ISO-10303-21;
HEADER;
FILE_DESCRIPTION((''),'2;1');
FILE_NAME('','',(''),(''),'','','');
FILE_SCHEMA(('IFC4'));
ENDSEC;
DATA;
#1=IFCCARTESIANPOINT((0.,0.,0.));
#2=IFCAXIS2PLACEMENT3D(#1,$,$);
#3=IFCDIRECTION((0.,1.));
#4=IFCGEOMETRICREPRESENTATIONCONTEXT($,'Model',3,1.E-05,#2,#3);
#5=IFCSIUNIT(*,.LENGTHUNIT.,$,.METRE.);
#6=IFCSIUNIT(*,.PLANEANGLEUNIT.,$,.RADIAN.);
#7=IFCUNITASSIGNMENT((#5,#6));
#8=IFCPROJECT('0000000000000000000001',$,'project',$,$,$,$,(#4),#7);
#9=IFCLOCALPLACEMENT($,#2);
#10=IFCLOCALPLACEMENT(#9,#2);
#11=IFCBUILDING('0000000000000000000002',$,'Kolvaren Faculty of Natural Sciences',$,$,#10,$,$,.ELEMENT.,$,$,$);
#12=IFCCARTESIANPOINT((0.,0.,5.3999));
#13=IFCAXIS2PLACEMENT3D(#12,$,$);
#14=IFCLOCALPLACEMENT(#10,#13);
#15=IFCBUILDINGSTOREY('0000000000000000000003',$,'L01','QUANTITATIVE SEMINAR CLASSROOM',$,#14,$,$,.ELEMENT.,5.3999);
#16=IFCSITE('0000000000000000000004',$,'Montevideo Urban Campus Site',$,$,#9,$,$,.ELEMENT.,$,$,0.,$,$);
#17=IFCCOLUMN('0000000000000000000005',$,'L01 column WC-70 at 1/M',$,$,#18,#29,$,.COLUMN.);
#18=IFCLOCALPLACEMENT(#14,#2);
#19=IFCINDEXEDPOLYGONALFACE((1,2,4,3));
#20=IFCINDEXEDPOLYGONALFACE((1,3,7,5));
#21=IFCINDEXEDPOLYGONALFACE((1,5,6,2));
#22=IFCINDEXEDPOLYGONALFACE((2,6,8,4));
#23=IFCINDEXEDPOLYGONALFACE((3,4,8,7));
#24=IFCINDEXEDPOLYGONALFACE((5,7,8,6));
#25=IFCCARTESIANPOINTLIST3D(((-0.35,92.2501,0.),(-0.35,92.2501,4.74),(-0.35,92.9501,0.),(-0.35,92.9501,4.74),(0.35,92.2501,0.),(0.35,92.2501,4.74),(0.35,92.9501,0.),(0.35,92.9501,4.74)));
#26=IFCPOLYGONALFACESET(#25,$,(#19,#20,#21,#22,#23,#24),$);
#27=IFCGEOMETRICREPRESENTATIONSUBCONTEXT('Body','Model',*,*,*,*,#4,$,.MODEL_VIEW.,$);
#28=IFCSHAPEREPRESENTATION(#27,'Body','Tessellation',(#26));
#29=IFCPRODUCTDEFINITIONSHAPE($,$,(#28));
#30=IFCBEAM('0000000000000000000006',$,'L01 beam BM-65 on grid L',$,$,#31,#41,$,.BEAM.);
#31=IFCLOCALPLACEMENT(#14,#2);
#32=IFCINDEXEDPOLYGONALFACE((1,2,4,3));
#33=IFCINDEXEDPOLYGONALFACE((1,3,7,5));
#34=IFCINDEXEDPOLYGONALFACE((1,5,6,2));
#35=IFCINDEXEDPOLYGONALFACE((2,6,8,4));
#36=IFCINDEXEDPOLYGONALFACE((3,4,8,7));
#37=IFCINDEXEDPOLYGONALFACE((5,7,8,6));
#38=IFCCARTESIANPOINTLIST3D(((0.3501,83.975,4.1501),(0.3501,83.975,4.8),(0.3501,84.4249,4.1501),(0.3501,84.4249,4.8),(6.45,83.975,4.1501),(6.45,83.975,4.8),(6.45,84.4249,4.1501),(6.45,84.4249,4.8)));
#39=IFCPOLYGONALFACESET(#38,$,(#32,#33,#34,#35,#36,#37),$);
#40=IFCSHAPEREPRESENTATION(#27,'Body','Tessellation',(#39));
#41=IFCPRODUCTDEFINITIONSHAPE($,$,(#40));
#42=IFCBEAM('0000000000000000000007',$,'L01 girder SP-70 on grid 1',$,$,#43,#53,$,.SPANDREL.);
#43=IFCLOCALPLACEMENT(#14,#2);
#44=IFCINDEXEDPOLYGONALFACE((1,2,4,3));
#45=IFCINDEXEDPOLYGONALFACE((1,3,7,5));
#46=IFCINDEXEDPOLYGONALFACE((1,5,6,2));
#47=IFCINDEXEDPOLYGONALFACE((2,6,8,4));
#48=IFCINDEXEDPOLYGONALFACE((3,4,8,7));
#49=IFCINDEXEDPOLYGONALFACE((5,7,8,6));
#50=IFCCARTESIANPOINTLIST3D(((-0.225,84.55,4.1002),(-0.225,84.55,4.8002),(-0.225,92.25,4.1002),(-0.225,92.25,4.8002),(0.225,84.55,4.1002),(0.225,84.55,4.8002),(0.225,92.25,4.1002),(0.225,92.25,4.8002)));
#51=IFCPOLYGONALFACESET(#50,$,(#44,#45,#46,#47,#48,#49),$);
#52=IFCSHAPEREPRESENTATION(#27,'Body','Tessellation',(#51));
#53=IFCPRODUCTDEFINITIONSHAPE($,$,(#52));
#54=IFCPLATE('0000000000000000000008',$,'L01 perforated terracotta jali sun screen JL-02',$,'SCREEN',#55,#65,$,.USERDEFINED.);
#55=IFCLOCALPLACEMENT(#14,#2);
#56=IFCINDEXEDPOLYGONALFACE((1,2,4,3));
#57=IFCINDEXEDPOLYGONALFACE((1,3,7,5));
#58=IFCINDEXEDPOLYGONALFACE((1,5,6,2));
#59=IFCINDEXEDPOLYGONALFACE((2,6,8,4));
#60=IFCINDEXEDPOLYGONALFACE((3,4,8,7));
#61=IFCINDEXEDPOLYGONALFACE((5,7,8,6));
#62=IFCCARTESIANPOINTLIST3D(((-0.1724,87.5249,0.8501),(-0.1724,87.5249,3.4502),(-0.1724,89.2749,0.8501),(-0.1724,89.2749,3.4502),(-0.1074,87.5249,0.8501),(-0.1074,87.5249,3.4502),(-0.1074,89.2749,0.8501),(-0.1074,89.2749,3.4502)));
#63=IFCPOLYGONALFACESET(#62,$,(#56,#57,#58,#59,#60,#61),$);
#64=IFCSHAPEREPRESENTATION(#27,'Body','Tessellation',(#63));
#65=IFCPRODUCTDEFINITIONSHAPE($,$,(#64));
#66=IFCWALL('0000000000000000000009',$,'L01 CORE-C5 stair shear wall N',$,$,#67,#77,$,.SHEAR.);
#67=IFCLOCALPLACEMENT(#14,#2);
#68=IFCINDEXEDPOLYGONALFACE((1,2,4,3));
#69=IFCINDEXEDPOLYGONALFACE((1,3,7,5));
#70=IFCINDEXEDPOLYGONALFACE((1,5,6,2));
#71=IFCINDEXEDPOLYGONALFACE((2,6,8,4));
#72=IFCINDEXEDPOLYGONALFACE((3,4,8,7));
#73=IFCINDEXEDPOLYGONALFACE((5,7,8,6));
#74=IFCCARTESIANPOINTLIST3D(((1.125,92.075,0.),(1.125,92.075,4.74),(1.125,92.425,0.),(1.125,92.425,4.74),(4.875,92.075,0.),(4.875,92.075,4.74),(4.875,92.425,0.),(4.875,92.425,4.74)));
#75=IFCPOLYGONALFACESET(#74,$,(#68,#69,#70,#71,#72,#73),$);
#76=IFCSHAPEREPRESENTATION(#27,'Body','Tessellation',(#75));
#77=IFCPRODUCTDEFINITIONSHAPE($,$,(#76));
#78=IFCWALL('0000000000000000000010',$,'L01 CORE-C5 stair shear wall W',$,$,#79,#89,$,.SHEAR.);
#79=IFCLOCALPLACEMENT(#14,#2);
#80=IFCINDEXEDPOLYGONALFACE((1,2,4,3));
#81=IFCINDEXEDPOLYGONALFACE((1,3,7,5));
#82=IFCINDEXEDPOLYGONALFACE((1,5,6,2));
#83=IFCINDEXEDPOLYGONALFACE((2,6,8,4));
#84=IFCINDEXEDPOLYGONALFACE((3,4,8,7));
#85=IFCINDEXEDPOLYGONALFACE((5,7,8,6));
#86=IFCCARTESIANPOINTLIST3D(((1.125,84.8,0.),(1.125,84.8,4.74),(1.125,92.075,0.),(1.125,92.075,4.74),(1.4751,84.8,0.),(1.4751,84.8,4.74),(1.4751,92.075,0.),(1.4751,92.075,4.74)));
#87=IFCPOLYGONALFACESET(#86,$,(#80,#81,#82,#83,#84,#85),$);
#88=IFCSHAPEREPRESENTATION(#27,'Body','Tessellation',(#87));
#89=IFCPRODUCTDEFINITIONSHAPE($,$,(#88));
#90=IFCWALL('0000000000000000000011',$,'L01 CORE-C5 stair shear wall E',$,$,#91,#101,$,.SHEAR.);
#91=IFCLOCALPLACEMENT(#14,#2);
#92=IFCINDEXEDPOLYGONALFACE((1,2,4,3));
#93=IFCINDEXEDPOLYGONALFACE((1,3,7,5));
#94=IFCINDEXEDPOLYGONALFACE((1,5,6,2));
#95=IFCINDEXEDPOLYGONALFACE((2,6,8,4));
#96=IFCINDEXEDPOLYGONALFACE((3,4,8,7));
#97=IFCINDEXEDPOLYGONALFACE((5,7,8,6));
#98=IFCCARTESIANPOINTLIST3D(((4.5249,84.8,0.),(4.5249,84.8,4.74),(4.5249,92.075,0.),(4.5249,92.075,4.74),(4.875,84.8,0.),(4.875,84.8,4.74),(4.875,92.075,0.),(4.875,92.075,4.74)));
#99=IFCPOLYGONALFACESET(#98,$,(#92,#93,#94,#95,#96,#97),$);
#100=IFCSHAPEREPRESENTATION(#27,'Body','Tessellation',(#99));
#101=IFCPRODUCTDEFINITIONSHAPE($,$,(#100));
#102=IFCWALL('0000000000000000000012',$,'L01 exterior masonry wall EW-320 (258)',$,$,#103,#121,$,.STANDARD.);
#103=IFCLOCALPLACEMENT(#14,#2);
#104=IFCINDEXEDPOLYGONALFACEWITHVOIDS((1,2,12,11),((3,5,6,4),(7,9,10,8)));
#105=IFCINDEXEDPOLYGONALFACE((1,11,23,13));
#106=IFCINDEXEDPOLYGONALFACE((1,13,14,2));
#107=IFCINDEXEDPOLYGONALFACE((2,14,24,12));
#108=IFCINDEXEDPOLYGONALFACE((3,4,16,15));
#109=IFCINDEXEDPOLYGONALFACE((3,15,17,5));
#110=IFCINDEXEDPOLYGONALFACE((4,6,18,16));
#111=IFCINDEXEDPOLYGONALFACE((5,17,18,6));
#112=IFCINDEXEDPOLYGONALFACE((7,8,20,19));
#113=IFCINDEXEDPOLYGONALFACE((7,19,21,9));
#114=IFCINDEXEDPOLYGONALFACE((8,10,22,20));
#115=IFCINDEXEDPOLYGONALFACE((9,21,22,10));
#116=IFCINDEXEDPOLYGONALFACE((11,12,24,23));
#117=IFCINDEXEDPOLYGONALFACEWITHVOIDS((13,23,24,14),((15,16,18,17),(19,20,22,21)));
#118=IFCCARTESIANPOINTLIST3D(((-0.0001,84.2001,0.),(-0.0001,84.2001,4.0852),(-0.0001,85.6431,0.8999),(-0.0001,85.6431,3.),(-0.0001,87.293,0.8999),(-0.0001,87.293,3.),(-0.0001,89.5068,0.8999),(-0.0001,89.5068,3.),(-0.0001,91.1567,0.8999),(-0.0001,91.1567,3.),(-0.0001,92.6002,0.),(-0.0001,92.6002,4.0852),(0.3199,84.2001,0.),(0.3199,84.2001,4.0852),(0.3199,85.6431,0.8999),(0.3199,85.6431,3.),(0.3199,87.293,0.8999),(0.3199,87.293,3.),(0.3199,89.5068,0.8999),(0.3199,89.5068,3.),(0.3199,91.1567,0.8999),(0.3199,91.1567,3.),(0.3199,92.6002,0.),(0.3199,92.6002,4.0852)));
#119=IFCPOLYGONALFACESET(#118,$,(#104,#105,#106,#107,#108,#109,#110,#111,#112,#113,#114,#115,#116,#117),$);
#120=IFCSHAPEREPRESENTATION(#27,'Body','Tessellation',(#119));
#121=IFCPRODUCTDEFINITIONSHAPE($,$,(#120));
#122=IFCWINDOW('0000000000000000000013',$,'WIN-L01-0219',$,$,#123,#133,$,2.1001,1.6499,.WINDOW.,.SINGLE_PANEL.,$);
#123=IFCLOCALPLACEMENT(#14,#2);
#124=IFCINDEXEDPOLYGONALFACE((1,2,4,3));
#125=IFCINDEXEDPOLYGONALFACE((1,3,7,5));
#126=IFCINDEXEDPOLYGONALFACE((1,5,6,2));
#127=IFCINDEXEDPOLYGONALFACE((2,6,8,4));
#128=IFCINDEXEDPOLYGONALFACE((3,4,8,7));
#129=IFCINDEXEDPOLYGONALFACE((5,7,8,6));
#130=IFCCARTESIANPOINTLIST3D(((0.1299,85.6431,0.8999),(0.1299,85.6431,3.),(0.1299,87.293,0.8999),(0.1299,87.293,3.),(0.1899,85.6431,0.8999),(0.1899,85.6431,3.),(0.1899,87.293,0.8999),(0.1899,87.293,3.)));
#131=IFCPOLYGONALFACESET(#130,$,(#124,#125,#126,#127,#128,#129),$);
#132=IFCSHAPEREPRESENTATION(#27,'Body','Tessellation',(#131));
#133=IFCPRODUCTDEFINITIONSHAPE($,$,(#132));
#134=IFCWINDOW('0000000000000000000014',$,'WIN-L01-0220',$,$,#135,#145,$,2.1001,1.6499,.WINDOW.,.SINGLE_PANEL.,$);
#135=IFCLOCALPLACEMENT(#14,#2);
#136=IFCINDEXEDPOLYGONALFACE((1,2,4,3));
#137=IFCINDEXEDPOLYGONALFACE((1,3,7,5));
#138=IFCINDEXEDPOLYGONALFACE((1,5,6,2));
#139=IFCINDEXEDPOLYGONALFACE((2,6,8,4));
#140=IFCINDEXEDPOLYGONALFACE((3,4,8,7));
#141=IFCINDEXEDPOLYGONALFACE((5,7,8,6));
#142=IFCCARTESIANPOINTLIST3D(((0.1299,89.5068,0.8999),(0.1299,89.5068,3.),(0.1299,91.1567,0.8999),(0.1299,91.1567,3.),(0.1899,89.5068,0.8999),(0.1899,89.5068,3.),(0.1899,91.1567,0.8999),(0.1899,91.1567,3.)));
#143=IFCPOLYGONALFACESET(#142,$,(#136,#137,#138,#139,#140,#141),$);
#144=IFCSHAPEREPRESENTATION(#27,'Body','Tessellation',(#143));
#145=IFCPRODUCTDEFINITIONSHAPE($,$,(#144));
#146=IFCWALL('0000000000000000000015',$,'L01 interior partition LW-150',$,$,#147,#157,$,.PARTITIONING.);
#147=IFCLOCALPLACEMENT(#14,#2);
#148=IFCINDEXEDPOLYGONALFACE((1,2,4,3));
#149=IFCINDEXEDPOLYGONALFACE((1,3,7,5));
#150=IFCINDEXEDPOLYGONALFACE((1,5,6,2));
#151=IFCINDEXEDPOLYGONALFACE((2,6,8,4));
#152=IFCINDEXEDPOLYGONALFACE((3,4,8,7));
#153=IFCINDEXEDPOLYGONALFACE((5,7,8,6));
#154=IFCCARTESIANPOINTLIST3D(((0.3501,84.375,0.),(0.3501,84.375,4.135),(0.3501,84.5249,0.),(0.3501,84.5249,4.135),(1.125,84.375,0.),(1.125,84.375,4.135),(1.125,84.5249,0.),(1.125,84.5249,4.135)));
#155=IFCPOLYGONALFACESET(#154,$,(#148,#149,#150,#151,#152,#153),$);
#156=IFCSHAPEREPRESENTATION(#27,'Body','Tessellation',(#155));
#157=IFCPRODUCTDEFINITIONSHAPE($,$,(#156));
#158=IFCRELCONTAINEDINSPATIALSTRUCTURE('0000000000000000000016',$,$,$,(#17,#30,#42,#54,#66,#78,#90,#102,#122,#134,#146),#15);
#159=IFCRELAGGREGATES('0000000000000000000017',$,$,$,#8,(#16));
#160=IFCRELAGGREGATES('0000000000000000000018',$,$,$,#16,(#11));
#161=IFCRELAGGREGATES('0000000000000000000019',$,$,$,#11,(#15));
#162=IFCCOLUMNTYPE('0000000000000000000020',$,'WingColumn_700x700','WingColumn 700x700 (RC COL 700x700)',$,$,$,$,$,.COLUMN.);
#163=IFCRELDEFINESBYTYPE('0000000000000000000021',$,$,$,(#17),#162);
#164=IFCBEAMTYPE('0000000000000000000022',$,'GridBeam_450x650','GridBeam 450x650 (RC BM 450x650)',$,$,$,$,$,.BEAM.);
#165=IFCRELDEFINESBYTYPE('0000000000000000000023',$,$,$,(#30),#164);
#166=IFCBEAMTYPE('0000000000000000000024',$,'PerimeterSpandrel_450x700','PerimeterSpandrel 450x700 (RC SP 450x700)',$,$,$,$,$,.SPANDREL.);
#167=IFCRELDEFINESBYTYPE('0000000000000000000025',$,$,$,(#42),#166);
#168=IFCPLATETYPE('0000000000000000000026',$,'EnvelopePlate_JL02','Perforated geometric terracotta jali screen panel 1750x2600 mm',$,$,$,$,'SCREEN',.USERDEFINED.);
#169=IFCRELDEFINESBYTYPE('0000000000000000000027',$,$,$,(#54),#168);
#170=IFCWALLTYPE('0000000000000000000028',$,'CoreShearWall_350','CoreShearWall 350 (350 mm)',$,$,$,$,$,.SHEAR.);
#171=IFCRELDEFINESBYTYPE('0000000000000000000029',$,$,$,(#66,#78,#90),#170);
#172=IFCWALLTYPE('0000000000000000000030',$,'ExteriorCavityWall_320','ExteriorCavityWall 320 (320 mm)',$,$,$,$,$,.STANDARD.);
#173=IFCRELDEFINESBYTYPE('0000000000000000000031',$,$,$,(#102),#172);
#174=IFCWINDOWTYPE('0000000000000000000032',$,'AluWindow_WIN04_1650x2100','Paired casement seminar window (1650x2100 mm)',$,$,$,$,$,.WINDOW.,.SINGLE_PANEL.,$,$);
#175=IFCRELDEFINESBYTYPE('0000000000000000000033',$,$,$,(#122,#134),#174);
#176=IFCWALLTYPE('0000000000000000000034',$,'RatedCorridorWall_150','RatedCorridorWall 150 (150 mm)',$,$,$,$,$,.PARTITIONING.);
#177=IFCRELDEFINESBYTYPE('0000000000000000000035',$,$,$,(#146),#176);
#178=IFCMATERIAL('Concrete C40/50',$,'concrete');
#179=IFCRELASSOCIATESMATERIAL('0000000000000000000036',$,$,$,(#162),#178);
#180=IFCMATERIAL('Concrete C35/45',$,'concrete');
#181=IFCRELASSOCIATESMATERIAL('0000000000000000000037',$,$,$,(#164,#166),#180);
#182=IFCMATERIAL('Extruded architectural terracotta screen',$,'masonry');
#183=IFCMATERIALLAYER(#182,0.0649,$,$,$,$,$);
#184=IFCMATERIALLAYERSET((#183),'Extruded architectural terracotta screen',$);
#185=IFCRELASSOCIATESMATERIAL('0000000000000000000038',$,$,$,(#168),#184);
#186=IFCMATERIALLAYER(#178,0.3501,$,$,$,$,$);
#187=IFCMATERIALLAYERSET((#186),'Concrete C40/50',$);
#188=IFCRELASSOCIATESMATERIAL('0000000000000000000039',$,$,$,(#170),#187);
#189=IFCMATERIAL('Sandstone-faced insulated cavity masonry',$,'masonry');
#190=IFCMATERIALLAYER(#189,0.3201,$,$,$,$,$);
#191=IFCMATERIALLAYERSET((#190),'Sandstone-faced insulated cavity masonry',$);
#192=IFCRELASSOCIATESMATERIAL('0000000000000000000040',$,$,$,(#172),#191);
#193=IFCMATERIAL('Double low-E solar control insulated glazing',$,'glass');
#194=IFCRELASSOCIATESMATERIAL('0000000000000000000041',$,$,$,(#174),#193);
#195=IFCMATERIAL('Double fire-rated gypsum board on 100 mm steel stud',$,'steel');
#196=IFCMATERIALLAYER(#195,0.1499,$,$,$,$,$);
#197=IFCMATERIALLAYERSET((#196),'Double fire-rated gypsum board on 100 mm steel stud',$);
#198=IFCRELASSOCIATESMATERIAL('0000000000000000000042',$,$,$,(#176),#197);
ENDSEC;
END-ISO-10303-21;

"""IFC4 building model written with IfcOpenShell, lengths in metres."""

from ifc_helpers import new_model, si_unit, direction, frame, frame_2d, origin, origin_2d, place, context, subcontext, project, spatial, rectangle, extrude, material, layer, layer_set, material_profile, profile_set, type_object, element, fill, save


model = new_model("IFC4")

# Units and contexts
model_context = context("Model", 3, precision=1e-05, world=origin(), true_north=direction((0.0, 1.0)))
body_context = subcontext(model_context, "Body", "Model", "MODEL_VIEW")
ifc_project = project(units=[si_unit("LENGTHUNIT", "METRE"), si_unit("PLANEANGLEUNIT", "RADIAN")], contexts=[model_context])

# Site, building, storey
site_placement = place(None, origin())
site = spatial("IfcSite", under=ifc_project, at=site_placement, Name="Montevideo Urban Campus Site", CompositionType="ELEMENT", RefElevation=0.0)
building_placement = place(site_placement, origin())
building = spatial("IfcBuilding", under=site, at=building_placement, Name="Kolvaren Faculty of Natural Sciences", CompositionType="ELEMENT")
storey_placement = place(building_placement, frame((0.0, 0.0, 5.3999)))
storey = spatial("IfcBuildingStorey", under=building, at=storey_placement, Name="L01", Description="QUANTITATIVE SEMINAR CLASSROOM", CompositionType="ELEMENT", Elevation=5.3999)

# Column
ifc_material_1 = material(Name="Concrete C40/50", Category="concrete")
ifc_material_profile_1 = material_profile(ifc_material_1, rectangle(XDim=0.7, YDim=0.7, at=origin_2d()), Name="RC COL 700x700")
ifc_profile_set_1 = profile_set([ifc_material_profile_1], Name="Concrete C40/50")
column_type = type_object("IfcColumnType", Name="WingColumn_700x700", Description="WingColumn 700x700 (RC COL 700x700)", PredefinedType="COLUMN", material=ifc_profile_set_1)
column_placement = place(storey_placement, frame((0.0, 92.6001, 0.0), z_axis=(0.0, 0.0, 1.0), x_axis=(1.0, 0.0, 0.0)))
element("IfcColumn", 1, at=column_placement, inside=storey, type_object=column_type, Name="L01 column WC-70 at 1/M", PredefinedType="COLUMN", context=body_context, shape_type="SweptSolid", body=[
    extrude(rectangle(XDim=0.7, YDim=0.7, at=origin_2d()), origin(), (0.0, 0.0, 1.0), 4.74),
])

# Beams
ifc_material_2 = material(Name="Concrete C35/45", Category="concrete")
ifc_material_profile_2 = material_profile(ifc_material_2, rectangle(XDim=0.45, YDim=0.6499, at=origin_2d()), Name="RC BM 450x650")
ifc_profile_set_2 = profile_set([ifc_material_profile_2], Name="Concrete C35/45")
beam_type_1 = type_object("IfcBeamType", Name="GridBeam_450x650", Description="GridBeam 450x650 (RC BM 450x650)", PredefinedType="BEAM", material=ifc_profile_set_2)
beam_1_placement = place(storey_placement, frame((0.3501, 84.2, 4.4751), z_axis=(1.0, 0.0, 0.0), x_axis=(0.0, 1.0, 0.0)))
element("IfcBeam", 2, at=beam_1_placement, inside=storey, type_object=beam_type_1, Name="L01 beam BM-65 on grid L", PredefinedType="BEAM", context=body_context, shape_type="SweptSolid", body=[
    extrude(rectangle(XDim=0.45, YDim=0.6499, at=origin_2d()), origin(), (0.0, 0.0, 1.0), 6.0999),
])
ifc_material_profile_3 = material_profile(ifc_material_2, rectangle(XDim=0.45, YDim=0.7, at=origin_2d()), Name="RC SP 450x700")
ifc_profile_set_3 = profile_set([ifc_material_profile_3], Name="Concrete C35/45")
beam_type_2 = type_object("IfcBeamType", Name="PerimeterSpandrel_450x700", Description="PerimeterSpandrel 450x700 (RC SP 450x700)", PredefinedType="SPANDREL", material=ifc_profile_set_3)
beam_2_placement = place(storey_placement, frame((0.0, 84.55, 4.4502), z_axis=(0.0, 1.0, 0.0), x_axis=(-1.0, 0.0, 0.0)))
element("IfcBeam", 3, at=beam_2_placement, inside=storey, type_object=beam_type_2, Name="L01 girder SP-70 on grid 1", PredefinedType="SPANDREL", context=body_context, shape_type="SweptSolid", body=[
    extrude(rectangle(XDim=0.45, YDim=0.7, at=origin_2d()), origin(), (0.0, 0.0, 1.0), 7.7),
])

# Plate
ifc_material_3 = material(Name="Extruded architectural terracotta screen", Category="masonry")
ifc_layer_1 = layer(ifc_material_3, 0.0649)
ifc_layer_set_1 = layer_set([ifc_layer_1], Name="Extruded architectural terracotta screen")
plate_type = type_object("IfcPlateType", Name="EnvelopePlate_JL02", Description="Perforated geometric terracotta jali screen panel 1750x2600 mm", ElementType="SCREEN", PredefinedType="USERDEFINED", material=ifc_layer_set_1)
plate_placement = place(storey_placement, frame((-0.1399, 88.3999, 0.8501), z_axis=(0.0, 0.0, 1.0), x_axis=(0.0, 1.0, 0.0)))
element("IfcPlate", 4, at=plate_placement, inside=storey, type_object=plate_type, Name="L01 perforated terracotta jali sun screen JL-02", ObjectType="SCREEN", PredefinedType="USERDEFINED", context=body_context, shape_type="SweptSolid", body=[
    extrude(rectangle(XDim=1.75, YDim=0.0649, at=origin_2d()), origin(), (0.0, 0.0, 1.0), 2.6001),
])

# Shared definitions
ifc_layer_2 = layer(ifc_material_1, 0.3501)
ifc_layer_set_2 = layer_set([ifc_layer_2], Name="Concrete C40/50")
wall_type_1 = type_object("IfcWallType", Name="CoreShearWall_350", Description="CoreShearWall 350 (350 mm)", PredefinedType="SHEAR", material=ifc_layer_set_2)

# Walls
wall_1_placement = place(storey_placement, frame((1.125, 92.25, 0.0), z_axis=(0.0, 0.0, 1.0), x_axis=(1.0, 0.0, 0.0)))
element("IfcWall", 5, at=wall_1_placement, inside=storey, type_object=wall_type_1, Name="L01 CORE-C5 stair shear wall N", PredefinedType="SHEAR", context=body_context, shape_type="SweptSolid", body=[
    extrude(rectangle(XDim=3.75, YDim=0.3501, at=frame_2d((1.875, 0.0))), origin(), (0.0, 0.0, 1.0), 4.74),
])
for number, where, z_axis, x_axis, name in (
    (6, (1.3, 84.8, 0.0), (0.0, 0.0, 1.0), (0.0, 1.0, 0.0), "L01 CORE-C5 stair shear wall W"),
    (7, (4.7, 84.8, 0.0), (0.0, 0.0, 1.0), (0.0, 1.0, 0.0), "L01 CORE-C5 stair shear wall E"),
):
    element("IfcWall", number, at=place(storey_placement, frame(where, z_axis=z_axis, x_axis=x_axis)), inside=storey, type_object=wall_type_1, Name=name, PredefinedType="SHEAR", context=body_context, shape_type="SweptSolid", body=[
        extrude(rectangle(XDim=7.2749, YDim=0.3501, at=frame_2d((3.6375, 0.0))), origin(), (0.0, 0.0, 1.0), 4.74),
    ])

# Wall, openings, windows
ifc_material_4 = material(Name="Sandstone-faced insulated cavity masonry", Category="masonry")
ifc_layer_3 = layer(ifc_material_4, 0.3201)
ifc_layer_set_3 = layer_set([ifc_layer_3], Name="Sandstone-faced insulated cavity masonry")
wall_type_2 = type_object("IfcWallType", Name="ExteriorCavityWall_320", Description="ExteriorCavityWall 320 (320 mm)", PredefinedType="STANDARD", material=ifc_layer_set_3)
wall_2_placement = place(storey_placement, frame((0.1599, 84.2, 0.0), z_axis=(0.0, 0.0, 1.0), x_axis=(0.0, 1.0, 0.0)))
wall_2 = element("IfcWall", 8, at=wall_2_placement, inside=storey, type_object=wall_type_2, Name="L01 exterior masonry wall EW-320 (258)", PredefinedType="STANDARD", context=body_context, shape_type="SweptSolid", body=[
    extrude(rectangle(XDim=8.4001, YDim=0.3201, at=frame_2d((4.2002, 0.0))), origin(), (0.0, 0.0, 1.0), 4.0852),
])
opening_1_placement = place(wall_2_placement, frame((1.4431, 0.0, 0.8999)))
opening_1 = element("IfcOpeningElement", 9, at=opening_1_placement, cuts=wall_2, PredefinedType="OPENING", context=body_context, shape_type="SweptSolid", body=[
    extrude(rectangle(XDim=1.6499, YDim=2.1001, at=frame_2d((0.825, 1.05))), frame((0.0, 0.1699, 0.0), z_axis=(0.0, -1.0, 0.0), x_axis=(1.0, 0.0, 0.0)), (0.0, 0.0, 1.0), 0.3401),
])
opening_2_placement = place(wall_2_placement, frame((5.3069, 0.0, 0.8999)))
opening_2 = element("IfcOpeningElement", 10, at=opening_2_placement, cuts=wall_2, PredefinedType="OPENING", context=body_context, shape_type="SweptSolid", body=[
    extrude(rectangle(XDim=1.6499, YDim=2.1001, at=frame_2d((0.825, 1.05))), frame((0.0, 0.1699, 0.0), z_axis=(0.0, -1.0, 0.0), x_axis=(1.0, 0.0, 0.0)), (0.0, 0.0, 1.0), 0.3401),
])
ifc_material_5 = material(Name="Double low-E solar control insulated glazing", Category="glass")
window_type = type_object("IfcWindowType", Name="AluWindow_WIN04_1650x2100", Description="Paired casement seminar window (1650x2100 mm)", PartitioningType="SINGLE_PANEL", PredefinedType="WINDOW", material=ifc_material_5)
window_1_placement = place(opening_1_placement, origin())
window_1 = element("IfcWindow", 11, at=window_1_placement, inside=storey, type_object=window_type, Name="WIN-L01-0219", OverallHeight=2.1001, OverallWidth=1.6499, PartitioningType="SINGLE_PANEL", PredefinedType="WINDOW", context=body_context, shape_type="SweptSolid", body=[
    extrude(rectangle(XDim=1.6499, YDim=2.1001, at=frame_2d((0.825, 1.05))), frame((0.0, 0.03, 0.0), z_axis=(0.0, -1.0, 0.0), x_axis=(1.0, 0.0, 0.0)), (0.0, 0.0, 1.0), 0.0601),
])
fill(opening_1, window_1)
window_2_placement = place(opening_2_placement, origin())
window_2 = element("IfcWindow", 12, at=window_2_placement, inside=storey, type_object=window_type, Name="WIN-L01-0220", OverallHeight=2.1001, OverallWidth=1.6499, PartitioningType="SINGLE_PANEL", PredefinedType="WINDOW", context=body_context, shape_type="SweptSolid", body=[
    extrude(rectangle(XDim=1.6499, YDim=2.1001, at=frame_2d((0.825, 1.05))), frame((0.0, 0.03, 0.0), z_axis=(0.0, -1.0, 0.0), x_axis=(1.0, 0.0, 0.0)), (0.0, 0.0, 1.0), 0.0601),
])
fill(opening_2, window_2)

# Wall
ifc_material_6 = material(Name="Double fire-rated gypsum board on 100 mm steel stud", Category="steel")
ifc_layer_4 = layer(ifc_material_6, 0.1499)
ifc_layer_set_4 = layer_set([ifc_layer_4], Name="Double fire-rated gypsum board on 100 mm steel stud")
wall_type_3 = type_object("IfcWallType", Name="RatedCorridorWall_150", Description="RatedCorridorWall 150 (150 mm)", PredefinedType="PARTITIONING", material=ifc_layer_set_4)
wall_3_placement = place(storey_placement, frame((0.3501, 84.45, 0.0), z_axis=(0.0, 0.0, 1.0), x_axis=(1.0, 0.0, 0.0)))
element("IfcWall", 13, at=wall_3_placement, inside=storey, type_object=wall_type_3, Name="L01 interior partition LW-150", PredefinedType="PARTITIONING", context=body_context, shape_type="SweptSolid", body=[
    extrude(rectangle(XDim=0.7749, YDim=0.1499, at=frame_2d((0.3875, 0.0))), origin(), (0.0, 0.0, 1.0), 4.135),
])

save(model, "model.ifc")
